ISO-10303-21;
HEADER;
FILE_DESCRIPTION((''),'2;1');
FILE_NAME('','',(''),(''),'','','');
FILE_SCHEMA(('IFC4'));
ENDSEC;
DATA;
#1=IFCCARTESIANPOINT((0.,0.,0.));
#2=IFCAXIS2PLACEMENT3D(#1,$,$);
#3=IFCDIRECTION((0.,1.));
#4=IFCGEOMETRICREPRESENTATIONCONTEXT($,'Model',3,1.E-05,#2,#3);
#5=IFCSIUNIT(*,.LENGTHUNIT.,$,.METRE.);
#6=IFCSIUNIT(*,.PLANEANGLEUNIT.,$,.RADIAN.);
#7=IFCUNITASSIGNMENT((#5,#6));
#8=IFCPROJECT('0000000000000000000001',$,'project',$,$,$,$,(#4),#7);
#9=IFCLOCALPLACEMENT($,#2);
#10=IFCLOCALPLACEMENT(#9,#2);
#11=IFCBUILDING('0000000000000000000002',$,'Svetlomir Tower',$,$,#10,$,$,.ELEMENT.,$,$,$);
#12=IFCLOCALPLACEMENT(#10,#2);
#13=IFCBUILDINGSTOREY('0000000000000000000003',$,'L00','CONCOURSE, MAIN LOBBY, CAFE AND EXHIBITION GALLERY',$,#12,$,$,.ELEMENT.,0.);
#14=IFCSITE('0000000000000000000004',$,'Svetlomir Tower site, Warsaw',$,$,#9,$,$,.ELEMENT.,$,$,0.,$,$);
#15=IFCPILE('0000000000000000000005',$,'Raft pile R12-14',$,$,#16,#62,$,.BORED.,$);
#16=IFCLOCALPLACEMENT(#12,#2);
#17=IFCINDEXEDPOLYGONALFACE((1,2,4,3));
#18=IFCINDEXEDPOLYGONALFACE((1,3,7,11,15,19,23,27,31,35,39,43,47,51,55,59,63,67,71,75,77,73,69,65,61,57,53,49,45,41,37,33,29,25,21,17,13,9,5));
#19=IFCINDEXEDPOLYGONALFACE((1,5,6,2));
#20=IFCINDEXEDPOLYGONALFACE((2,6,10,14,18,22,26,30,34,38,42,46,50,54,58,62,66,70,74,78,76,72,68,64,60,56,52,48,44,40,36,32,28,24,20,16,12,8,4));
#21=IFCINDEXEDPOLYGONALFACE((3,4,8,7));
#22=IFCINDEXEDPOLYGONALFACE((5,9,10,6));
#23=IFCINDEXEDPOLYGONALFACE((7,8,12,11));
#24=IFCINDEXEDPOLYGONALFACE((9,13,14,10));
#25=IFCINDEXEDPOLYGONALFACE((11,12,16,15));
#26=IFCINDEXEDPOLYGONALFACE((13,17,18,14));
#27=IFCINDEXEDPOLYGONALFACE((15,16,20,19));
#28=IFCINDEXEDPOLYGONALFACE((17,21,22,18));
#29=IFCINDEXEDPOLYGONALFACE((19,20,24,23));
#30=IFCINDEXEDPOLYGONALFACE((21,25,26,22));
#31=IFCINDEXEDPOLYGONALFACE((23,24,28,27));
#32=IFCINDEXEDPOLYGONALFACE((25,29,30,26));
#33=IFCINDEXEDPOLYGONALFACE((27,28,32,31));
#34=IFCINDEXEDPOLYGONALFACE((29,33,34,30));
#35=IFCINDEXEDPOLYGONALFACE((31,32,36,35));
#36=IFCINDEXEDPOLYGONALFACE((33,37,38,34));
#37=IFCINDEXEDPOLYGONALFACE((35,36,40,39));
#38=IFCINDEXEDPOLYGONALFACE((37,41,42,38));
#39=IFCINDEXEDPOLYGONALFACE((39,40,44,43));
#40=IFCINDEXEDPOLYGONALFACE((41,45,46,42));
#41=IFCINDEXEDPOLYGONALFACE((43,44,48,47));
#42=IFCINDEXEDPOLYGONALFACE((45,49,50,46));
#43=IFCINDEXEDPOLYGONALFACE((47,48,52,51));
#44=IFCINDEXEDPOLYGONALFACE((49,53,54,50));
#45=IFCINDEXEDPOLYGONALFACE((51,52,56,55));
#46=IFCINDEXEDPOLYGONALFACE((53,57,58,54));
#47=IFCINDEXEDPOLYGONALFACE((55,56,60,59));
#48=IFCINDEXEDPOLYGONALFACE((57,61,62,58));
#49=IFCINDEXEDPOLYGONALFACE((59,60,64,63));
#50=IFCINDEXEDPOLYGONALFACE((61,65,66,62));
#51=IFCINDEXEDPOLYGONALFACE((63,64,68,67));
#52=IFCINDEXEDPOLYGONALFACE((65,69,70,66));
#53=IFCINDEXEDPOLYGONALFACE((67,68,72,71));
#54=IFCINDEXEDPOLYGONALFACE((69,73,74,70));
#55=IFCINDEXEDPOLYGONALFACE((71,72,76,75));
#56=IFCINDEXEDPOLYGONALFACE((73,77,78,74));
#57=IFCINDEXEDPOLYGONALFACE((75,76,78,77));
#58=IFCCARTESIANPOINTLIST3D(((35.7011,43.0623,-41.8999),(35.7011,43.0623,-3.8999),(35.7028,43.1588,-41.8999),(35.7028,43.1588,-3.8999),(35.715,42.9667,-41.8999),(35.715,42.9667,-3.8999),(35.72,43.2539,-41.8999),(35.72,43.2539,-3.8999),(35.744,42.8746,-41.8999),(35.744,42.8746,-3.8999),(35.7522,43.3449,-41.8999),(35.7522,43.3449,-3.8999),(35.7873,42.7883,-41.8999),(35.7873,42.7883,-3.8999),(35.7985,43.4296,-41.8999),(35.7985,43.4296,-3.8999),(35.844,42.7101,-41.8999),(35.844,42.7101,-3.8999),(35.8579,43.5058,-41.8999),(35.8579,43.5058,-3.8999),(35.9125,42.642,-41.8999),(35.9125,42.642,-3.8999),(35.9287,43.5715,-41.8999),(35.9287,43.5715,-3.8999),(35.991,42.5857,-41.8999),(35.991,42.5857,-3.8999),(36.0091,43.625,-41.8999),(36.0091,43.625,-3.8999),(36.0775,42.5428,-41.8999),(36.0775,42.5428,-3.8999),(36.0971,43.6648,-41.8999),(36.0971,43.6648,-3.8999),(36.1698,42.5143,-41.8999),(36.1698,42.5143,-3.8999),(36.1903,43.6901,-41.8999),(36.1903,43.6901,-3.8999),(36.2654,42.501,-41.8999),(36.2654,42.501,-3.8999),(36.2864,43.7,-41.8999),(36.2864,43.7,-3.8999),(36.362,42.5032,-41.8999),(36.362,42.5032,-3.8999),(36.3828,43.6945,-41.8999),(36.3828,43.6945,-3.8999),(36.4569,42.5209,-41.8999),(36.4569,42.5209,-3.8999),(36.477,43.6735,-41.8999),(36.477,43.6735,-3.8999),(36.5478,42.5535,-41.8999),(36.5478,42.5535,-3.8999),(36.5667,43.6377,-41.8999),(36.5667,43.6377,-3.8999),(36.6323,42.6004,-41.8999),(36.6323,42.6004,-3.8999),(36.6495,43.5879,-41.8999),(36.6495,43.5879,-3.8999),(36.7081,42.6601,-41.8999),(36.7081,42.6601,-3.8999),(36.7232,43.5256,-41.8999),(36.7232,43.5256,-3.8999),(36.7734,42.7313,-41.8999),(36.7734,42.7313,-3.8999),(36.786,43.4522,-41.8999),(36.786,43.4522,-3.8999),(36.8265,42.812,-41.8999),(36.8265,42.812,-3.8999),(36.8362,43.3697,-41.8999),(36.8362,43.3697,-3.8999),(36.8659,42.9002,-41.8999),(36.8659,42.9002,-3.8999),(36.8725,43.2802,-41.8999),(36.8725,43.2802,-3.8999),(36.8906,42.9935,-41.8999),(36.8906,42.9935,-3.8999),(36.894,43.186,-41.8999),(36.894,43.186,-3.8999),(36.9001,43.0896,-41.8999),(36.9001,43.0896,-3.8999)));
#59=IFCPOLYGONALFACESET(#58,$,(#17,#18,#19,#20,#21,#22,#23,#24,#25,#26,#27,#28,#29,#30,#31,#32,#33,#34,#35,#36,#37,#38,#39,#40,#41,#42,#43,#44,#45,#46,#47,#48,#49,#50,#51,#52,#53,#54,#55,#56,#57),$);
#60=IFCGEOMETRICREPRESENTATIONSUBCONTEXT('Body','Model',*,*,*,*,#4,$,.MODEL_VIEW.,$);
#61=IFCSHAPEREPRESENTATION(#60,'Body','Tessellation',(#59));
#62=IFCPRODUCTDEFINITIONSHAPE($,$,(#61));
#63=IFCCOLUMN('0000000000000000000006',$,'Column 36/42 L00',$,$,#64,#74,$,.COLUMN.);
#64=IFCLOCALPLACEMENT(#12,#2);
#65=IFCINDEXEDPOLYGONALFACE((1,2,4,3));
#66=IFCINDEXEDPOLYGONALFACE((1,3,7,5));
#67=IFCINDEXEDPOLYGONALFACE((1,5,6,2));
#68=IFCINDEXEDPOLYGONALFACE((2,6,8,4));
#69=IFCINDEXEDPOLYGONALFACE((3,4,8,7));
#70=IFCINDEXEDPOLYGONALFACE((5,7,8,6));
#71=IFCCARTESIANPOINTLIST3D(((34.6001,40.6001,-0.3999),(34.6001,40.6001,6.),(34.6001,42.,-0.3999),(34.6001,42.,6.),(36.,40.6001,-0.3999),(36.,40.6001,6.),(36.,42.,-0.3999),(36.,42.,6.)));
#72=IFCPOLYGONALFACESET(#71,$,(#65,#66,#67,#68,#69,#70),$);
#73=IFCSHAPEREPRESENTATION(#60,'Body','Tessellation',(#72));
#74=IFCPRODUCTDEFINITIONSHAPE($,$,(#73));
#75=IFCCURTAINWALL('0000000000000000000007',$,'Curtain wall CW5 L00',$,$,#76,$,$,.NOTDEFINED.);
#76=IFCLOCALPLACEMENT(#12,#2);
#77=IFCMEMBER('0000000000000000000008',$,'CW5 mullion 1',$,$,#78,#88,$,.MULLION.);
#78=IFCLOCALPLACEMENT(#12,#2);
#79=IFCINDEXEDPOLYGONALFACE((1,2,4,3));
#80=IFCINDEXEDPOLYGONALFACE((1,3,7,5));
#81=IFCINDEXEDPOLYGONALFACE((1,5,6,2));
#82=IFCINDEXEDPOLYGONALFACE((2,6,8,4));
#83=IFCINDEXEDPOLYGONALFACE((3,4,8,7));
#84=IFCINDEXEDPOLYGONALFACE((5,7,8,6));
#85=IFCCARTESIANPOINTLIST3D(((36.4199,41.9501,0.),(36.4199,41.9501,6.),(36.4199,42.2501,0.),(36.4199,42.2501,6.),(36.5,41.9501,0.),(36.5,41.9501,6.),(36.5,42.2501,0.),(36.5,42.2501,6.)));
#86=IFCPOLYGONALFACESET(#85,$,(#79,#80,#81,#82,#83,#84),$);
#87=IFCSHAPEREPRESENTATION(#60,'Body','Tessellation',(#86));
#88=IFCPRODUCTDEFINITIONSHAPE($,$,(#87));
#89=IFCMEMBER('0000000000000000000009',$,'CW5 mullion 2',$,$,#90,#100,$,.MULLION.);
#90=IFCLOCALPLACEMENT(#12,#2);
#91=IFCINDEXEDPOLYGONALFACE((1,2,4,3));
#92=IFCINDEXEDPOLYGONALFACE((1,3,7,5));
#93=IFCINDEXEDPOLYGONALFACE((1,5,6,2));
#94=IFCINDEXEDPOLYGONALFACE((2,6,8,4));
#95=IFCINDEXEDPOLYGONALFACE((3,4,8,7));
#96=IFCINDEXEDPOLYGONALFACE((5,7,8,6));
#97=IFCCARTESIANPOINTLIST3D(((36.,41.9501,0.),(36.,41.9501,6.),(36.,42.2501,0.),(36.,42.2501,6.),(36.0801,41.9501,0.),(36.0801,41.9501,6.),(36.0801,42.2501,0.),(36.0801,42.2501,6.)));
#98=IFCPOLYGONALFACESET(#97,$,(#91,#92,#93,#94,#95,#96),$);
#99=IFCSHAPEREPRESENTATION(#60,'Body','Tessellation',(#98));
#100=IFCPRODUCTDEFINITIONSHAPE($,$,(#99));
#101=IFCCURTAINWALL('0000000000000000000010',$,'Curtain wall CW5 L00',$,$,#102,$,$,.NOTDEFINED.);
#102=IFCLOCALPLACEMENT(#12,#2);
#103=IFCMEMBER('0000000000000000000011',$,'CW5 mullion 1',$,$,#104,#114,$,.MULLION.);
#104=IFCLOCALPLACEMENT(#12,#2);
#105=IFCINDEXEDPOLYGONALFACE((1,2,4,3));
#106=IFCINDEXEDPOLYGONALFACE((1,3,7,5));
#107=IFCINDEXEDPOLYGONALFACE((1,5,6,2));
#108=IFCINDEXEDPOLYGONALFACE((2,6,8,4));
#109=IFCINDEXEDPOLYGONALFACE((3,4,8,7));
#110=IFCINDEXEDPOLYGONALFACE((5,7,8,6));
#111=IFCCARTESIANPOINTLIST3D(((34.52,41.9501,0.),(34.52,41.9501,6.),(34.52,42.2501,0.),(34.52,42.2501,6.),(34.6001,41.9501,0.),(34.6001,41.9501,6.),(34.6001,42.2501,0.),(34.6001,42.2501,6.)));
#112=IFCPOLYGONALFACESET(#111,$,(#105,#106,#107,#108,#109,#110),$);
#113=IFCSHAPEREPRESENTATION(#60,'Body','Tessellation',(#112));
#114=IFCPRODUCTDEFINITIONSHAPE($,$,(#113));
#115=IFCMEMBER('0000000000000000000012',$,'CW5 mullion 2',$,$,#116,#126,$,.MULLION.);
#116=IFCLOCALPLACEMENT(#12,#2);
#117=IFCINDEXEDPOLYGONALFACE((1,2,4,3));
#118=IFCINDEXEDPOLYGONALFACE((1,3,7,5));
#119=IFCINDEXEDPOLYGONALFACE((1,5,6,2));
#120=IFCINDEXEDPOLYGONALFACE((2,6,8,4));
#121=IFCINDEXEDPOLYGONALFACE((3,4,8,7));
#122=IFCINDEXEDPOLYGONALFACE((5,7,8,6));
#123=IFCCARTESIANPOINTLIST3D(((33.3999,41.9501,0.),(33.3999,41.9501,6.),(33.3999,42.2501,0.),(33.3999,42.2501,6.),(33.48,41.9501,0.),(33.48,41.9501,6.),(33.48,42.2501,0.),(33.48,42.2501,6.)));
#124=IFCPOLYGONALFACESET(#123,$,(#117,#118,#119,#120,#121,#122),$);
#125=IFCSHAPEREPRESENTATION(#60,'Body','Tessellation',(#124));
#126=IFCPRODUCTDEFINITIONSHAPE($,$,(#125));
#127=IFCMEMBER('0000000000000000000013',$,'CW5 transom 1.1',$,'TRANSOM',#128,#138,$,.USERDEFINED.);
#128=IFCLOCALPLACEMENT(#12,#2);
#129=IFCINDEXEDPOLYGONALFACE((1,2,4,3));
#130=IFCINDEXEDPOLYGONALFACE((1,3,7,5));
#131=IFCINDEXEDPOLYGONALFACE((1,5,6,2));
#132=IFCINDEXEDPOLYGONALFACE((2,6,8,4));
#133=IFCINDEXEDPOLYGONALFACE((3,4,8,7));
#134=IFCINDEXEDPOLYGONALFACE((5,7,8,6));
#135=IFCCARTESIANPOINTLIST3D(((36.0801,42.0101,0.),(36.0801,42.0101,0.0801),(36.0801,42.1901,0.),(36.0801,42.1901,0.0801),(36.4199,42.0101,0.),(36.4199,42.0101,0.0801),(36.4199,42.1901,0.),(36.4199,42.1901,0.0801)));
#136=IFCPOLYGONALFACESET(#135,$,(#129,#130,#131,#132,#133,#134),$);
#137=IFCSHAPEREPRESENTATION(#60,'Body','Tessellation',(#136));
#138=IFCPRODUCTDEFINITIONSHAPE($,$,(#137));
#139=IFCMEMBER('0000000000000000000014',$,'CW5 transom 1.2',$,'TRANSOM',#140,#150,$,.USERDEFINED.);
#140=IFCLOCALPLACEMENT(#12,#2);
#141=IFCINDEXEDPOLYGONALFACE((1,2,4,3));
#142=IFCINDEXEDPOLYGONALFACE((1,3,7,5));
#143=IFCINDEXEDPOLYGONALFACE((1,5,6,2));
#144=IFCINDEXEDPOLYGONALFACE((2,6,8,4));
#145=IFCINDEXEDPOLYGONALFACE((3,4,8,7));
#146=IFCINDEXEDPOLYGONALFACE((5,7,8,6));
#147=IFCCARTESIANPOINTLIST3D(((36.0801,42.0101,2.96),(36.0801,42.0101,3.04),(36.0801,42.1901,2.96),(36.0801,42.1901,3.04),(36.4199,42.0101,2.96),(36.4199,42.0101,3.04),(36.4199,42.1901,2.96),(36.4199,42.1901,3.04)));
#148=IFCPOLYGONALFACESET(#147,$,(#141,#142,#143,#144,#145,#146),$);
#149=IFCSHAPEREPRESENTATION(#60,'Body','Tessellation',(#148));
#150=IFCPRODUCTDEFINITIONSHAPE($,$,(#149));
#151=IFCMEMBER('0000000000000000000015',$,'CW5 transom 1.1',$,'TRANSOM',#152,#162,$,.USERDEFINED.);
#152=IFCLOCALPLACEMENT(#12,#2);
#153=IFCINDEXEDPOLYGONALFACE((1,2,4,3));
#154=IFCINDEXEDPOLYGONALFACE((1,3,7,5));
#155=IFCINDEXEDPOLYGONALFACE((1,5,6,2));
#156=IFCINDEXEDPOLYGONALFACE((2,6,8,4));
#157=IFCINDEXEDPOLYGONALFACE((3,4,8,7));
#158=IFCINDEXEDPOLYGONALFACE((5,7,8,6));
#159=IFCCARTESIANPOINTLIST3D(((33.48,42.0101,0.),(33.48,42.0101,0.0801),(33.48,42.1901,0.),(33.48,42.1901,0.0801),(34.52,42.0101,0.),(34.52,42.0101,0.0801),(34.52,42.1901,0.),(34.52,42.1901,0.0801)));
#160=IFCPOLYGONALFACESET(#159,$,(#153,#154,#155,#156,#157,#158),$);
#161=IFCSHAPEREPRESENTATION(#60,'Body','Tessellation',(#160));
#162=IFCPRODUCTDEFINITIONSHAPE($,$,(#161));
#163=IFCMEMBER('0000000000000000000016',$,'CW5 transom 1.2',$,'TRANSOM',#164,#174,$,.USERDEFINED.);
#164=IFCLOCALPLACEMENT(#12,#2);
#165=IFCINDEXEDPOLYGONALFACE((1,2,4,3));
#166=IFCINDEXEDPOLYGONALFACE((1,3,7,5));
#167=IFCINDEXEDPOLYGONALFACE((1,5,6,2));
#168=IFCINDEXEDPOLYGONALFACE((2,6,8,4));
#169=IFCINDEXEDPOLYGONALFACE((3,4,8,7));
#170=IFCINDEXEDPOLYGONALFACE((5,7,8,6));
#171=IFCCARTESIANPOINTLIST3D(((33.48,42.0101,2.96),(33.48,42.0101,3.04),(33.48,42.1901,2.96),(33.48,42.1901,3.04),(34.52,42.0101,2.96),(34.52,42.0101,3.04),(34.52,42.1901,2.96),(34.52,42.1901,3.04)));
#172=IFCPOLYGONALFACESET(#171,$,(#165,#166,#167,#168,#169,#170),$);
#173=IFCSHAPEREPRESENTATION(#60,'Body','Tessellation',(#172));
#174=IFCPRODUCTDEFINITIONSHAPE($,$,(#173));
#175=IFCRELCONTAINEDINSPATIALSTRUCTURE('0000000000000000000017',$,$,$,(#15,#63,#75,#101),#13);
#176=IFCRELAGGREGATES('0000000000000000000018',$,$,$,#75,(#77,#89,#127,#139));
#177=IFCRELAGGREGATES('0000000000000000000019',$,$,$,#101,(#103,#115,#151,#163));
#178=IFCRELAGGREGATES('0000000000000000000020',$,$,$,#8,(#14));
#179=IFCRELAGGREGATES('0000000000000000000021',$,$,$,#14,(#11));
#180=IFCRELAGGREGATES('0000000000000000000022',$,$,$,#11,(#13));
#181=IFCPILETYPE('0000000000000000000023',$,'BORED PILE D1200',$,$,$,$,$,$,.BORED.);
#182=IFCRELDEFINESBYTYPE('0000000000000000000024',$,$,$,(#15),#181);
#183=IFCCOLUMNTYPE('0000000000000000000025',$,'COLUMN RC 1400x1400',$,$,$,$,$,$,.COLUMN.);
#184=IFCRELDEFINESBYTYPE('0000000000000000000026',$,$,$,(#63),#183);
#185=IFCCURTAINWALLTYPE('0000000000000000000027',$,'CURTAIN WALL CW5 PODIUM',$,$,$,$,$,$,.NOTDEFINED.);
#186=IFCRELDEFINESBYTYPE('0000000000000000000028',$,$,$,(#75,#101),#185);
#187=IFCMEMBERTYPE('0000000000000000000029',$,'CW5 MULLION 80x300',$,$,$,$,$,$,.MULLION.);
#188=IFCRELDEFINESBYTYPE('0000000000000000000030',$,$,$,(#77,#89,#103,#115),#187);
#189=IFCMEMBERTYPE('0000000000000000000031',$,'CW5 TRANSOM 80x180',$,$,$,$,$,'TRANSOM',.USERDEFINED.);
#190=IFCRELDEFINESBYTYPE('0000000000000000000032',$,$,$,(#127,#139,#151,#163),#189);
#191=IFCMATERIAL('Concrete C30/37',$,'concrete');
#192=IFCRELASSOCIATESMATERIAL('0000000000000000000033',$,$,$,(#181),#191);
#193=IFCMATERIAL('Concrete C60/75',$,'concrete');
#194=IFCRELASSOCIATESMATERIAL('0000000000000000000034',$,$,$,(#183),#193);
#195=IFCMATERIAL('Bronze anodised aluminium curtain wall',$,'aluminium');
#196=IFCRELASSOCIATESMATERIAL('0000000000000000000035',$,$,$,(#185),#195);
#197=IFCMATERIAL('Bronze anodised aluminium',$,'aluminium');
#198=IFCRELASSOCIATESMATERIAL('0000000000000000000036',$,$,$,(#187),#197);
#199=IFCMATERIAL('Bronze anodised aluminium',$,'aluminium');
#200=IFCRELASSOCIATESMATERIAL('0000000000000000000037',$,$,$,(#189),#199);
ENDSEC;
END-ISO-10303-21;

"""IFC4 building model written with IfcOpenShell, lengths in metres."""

from ifc_helpers import new_model, si_unit, direction, frame, frame_2d, origin, origin_2d, place, context, subcontext, project, spatial, rectangle, circle, extrude, material, material_profile, profile_set, type_object, element, aggregate, save


model = new_model("IFC4")

# Units and contexts
model_context = context("Model", 3, precision=1e-05, world=origin(), true_north=direction((0.0, 1.0)))
body_context = subcontext(model_context, "Body", "Model", "MODEL_VIEW")
ifc_project = project(units=[si_unit("LENGTHUNIT", "METRE"), si_unit("PLANEANGLEUNIT", "RADIAN")], contexts=[model_context])

# Site, building, storey
site_placement = place(None, origin())
site = spatial("IfcSite", under=ifc_project, at=site_placement, Name="Svetlomir Tower site, Warsaw", CompositionType="ELEMENT", RefElevation=0.0)
building_placement = place(site_placement, origin())
building = spatial("IfcBuilding", under=site, at=building_placement, Name="Svetlomir Tower", CompositionType="ELEMENT")
storey_placement = place(building_placement, origin())
storey = spatial("IfcBuildingStorey", under=building, at=storey_placement, Name="L00", Description="CONCOURSE, MAIN LOBBY, CAFE AND EXHIBITION GALLERY", CompositionType="ELEMENT", Elevation=0.0)

# Pile
ifc_material_1 = material(Name="Concrete C30/37", Category="concrete")
ifc_material_profile_1 = material_profile(ifc_material_1, circle(Radius=0.6001, at=origin_2d()), Name="D1200")
ifc_profile_set_1 = profile_set([ifc_material_profile_1], Name="Concrete C30/37")
pile_type = type_object("IfcPileType", Name="BORED PILE D1200", PredefinedType="BORED", material=ifc_profile_set_1)
for number, where, z_axis, x_axis, name in (
    (1, (36.3, 43.1001, -3.8999), (0.0, 0.0, -1.0), (1.0, 0.0, 0.0), "Raft pile R12-14"),
):
    element("IfcPile", number, at=place(storey_placement, frame(where, z_axis=z_axis, x_axis=x_axis)), inside=storey, type_object=pile_type, Name=name, PredefinedType="BORED", context=body_context, shape_type="SweptSolid", body=[
        extrude(circle(Radius=0.6001, at=frame_2d((0.0, 0.0), x_axis=(0.999848, 0.017452))), origin(), (0.0, 0.0, 1.0), 38.0),
    ])

# Column
ifc_material_2 = material(Name="Concrete C60/75", Category="concrete")
ifc_material_profile_2 = material_profile(ifc_material_2, rectangle(XDim=1.3999, YDim=1.3999, at=origin_2d()), Name="RC 1400x1400")
ifc_profile_set_2 = profile_set([ifc_material_profile_2], Name="Concrete C60/75")
column_type = type_object("IfcColumnType", Name="COLUMN RC 1400x1400", PredefinedType="COLUMN", material=ifc_profile_set_2)
column_placement = place(storey_placement, frame((35.3, 41.3, -0.3999), z_axis=(0.0, 0.0, 1.0), x_axis=(1.0, 0.0, 0.0)))
element("IfcColumn", 2, at=column_placement, inside=storey, type_object=column_type, Name="Column 36/42 L00", PredefinedType="COLUMN", context=body_context, shape_type="SweptSolid", body=[
    extrude(rectangle(XDim=1.3999, YDim=1.3999, at=origin_2d()), origin(), (0.0, 0.0, 1.0), 6.3999),
])

# Curtain walls, members
ifc_material_3 = material(Name="Bronze anodised aluminium curtain wall", Category="aluminium")
curtain_wall_type = type_object("IfcCurtainWallType", Name="CURTAIN WALL CW5 PODIUM", PredefinedType="NOTDEFINED", material=ifc_material_3)
curtain_wall_1_placement = place(storey_placement, origin())
curtain_wall_1 = element("IfcCurtainWall", 3, at=curtain_wall_1_placement, inside=storey, type_object=curtain_wall_type, Name="Curtain wall CW5 L00", PredefinedType="NOTDEFINED")
ifc_material_4 = material(Name="Bronze anodised aluminium", Category="aluminium")
ifc_material_profile_3 = material_profile(ifc_material_4, rectangle(XDim=0.0801, YDim=0.3, at=origin_2d()), Name="AL 80x300")
ifc_profile_set_3 = profile_set([ifc_material_profile_3], Name="Bronze anodised aluminium 6063-T6")
member_type_1 = type_object("IfcMemberType", Name="CW5 MULLION 80x300", PredefinedType="MULLION", material=ifc_profile_set_3)
member_1_placement = place(storey_placement, frame((36.46, 42.1001, 0.0), z_axis=(0.0, 0.0, 1.0), x_axis=(-1.0, 0.0, 0.0)))
member_1 = element("IfcMember", 4, at=member_1_placement, type_object=member_type_1, Name="CW5 mullion 1", PredefinedType="MULLION", context=body_context, shape_type="SweptSolid", body=[
    extrude(rectangle(XDim=0.0801, YDim=0.3, at=origin_2d()), origin(), (0.0, 0.0, 1.0), 6.0),
])
member_2_placement = place(storey_placement, frame((36.04, 42.1001, 0.0), z_axis=(0.0, 0.0, 1.0), x_axis=(-1.0, 0.0, 0.0)))
member_2 = element("IfcMember", 5, at=member_2_placement, type_object=member_type_1, Name="CW5 mullion 2", PredefinedType="MULLION", context=body_context, shape_type="SweptSolid", body=[
    extrude(rectangle(XDim=0.0801, YDim=0.3, at=origin_2d()), origin(), (0.0, 0.0, 1.0), 6.0),
])
curtain_wall_2_placement = place(storey_placement, origin())
curtain_wall_2 = element("IfcCurtainWall", 6, at=curtain_wall_2_placement, inside=storey, type_object=curtain_wall_type, Name="Curtain wall CW5 L00", PredefinedType="NOTDEFINED")
member_3_placement = place(storey_placement, frame((34.5601, 42.1001, 0.0), z_axis=(0.0, 0.0, 1.0), x_axis=(-1.0, 0.0, 0.0)))
member_3 = element("IfcMember", 7, at=member_3_placement, type_object=member_type_1, Name="CW5 mullion 1", PredefinedType="MULLION", context=body_context, shape_type="SweptSolid", body=[
    extrude(rectangle(XDim=0.0801, YDim=0.3, at=origin_2d()), origin(), (0.0, 0.0, 1.0), 6.0),
])
member_4_placement = place(storey_placement, frame((33.4399, 42.1001, 0.0), z_axis=(0.0, 0.0, 1.0), x_axis=(-1.0, 0.0, 0.0)))
member_4 = element("IfcMember", 8, at=member_4_placement, type_object=member_type_1, Name="CW5 mullion 2", PredefinedType="MULLION", context=body_context, shape_type="SweptSolid", body=[
    extrude(rectangle(XDim=0.0801, YDim=0.3, at=origin_2d()), origin(), (0.0, 0.0, 1.0), 6.0),
])

# Members
ifc_material_5 = material(Name="Bronze anodised aluminium", Category="aluminium")
ifc_material_profile_4 = material_profile(ifc_material_5, rectangle(XDim=0.1799, YDim=0.0801, at=origin_2d()), Name="AL 180x80")
ifc_profile_set_4 = profile_set([ifc_material_profile_4], Name="Bronze anodised aluminium 6063-T6")
member_type_2 = type_object("IfcMemberType", Name="CW5 TRANSOM 80x180", ElementType="TRANSOM", PredefinedType="USERDEFINED", material=ifc_profile_set_4)
member_5_placement = place(storey_placement, frame((36.4199, 42.1001, 0.04), z_axis=(-1.0, 0.0, 0.0), x_axis=(0.0, -1.0, 0.0)))
member_5 = element("IfcMember", 9, at=member_5_placement, type_object=member_type_2, Name="CW5 transom 1.1", ObjectType="TRANSOM", PredefinedType="USERDEFINED", context=body_context, shape_type="SweptSolid", body=[
    extrude(rectangle(XDim=0.1799, YDim=0.0801, at=origin_2d()), origin(), (0.0, 0.0, 1.0), 0.3398),
])
member_6_placement = place(storey_placement, frame((36.4199, 42.1001, 3.0), z_axis=(-1.0, 0.0, 0.0), x_axis=(0.0, -1.0, 0.0)))
member_6 = element("IfcMember", 10, at=member_6_placement, type_object=member_type_2, Name="CW5 transom 1.2", ObjectType="TRANSOM", PredefinedType="USERDEFINED", context=body_context, shape_type="SweptSolid", body=[
    extrude(rectangle(XDim=0.1799, YDim=0.0801, at=origin_2d()), origin(), (0.0, 0.0, 1.0), 0.3398),
])
member_7_placement = place(storey_placement, frame((34.52, 42.1001, 0.04), z_axis=(-1.0, 0.0, 0.0), x_axis=(0.0, -1.0, 0.0)))
member_7 = element("IfcMember", 11, at=member_7_placement, type_object=member_type_2, Name="CW5 transom 1.1", ObjectType="TRANSOM", PredefinedType="USERDEFINED", context=body_context, shape_type="SweptSolid", body=[
    extrude(rectangle(XDim=0.1799, YDim=0.0801, at=origin_2d()), origin(), (0.0, 0.0, 1.0), 1.04),
])
member_8_placement = place(storey_placement, frame((34.52, 42.1001, 3.0), z_axis=(-1.0, 0.0, 0.0), x_axis=(0.0, -1.0, 0.0)))
member_8 = element("IfcMember", 12, at=member_8_placement, type_object=member_type_2, Name="CW5 transom 1.2", ObjectType="TRANSOM", PredefinedType="USERDEFINED", context=body_context, shape_type="SweptSolid", body=[
    extrude(rectangle(XDim=0.1799, YDim=0.0801, at=origin_2d()), origin(), (0.0, 0.0, 1.0), 1.04),
])

aggregate(curtain_wall_1, [member_1, member_2, member_5, member_6])
aggregate(curtain_wall_2, [member_3, member_4, member_7, member_8])

save(model, "model.ifc")
